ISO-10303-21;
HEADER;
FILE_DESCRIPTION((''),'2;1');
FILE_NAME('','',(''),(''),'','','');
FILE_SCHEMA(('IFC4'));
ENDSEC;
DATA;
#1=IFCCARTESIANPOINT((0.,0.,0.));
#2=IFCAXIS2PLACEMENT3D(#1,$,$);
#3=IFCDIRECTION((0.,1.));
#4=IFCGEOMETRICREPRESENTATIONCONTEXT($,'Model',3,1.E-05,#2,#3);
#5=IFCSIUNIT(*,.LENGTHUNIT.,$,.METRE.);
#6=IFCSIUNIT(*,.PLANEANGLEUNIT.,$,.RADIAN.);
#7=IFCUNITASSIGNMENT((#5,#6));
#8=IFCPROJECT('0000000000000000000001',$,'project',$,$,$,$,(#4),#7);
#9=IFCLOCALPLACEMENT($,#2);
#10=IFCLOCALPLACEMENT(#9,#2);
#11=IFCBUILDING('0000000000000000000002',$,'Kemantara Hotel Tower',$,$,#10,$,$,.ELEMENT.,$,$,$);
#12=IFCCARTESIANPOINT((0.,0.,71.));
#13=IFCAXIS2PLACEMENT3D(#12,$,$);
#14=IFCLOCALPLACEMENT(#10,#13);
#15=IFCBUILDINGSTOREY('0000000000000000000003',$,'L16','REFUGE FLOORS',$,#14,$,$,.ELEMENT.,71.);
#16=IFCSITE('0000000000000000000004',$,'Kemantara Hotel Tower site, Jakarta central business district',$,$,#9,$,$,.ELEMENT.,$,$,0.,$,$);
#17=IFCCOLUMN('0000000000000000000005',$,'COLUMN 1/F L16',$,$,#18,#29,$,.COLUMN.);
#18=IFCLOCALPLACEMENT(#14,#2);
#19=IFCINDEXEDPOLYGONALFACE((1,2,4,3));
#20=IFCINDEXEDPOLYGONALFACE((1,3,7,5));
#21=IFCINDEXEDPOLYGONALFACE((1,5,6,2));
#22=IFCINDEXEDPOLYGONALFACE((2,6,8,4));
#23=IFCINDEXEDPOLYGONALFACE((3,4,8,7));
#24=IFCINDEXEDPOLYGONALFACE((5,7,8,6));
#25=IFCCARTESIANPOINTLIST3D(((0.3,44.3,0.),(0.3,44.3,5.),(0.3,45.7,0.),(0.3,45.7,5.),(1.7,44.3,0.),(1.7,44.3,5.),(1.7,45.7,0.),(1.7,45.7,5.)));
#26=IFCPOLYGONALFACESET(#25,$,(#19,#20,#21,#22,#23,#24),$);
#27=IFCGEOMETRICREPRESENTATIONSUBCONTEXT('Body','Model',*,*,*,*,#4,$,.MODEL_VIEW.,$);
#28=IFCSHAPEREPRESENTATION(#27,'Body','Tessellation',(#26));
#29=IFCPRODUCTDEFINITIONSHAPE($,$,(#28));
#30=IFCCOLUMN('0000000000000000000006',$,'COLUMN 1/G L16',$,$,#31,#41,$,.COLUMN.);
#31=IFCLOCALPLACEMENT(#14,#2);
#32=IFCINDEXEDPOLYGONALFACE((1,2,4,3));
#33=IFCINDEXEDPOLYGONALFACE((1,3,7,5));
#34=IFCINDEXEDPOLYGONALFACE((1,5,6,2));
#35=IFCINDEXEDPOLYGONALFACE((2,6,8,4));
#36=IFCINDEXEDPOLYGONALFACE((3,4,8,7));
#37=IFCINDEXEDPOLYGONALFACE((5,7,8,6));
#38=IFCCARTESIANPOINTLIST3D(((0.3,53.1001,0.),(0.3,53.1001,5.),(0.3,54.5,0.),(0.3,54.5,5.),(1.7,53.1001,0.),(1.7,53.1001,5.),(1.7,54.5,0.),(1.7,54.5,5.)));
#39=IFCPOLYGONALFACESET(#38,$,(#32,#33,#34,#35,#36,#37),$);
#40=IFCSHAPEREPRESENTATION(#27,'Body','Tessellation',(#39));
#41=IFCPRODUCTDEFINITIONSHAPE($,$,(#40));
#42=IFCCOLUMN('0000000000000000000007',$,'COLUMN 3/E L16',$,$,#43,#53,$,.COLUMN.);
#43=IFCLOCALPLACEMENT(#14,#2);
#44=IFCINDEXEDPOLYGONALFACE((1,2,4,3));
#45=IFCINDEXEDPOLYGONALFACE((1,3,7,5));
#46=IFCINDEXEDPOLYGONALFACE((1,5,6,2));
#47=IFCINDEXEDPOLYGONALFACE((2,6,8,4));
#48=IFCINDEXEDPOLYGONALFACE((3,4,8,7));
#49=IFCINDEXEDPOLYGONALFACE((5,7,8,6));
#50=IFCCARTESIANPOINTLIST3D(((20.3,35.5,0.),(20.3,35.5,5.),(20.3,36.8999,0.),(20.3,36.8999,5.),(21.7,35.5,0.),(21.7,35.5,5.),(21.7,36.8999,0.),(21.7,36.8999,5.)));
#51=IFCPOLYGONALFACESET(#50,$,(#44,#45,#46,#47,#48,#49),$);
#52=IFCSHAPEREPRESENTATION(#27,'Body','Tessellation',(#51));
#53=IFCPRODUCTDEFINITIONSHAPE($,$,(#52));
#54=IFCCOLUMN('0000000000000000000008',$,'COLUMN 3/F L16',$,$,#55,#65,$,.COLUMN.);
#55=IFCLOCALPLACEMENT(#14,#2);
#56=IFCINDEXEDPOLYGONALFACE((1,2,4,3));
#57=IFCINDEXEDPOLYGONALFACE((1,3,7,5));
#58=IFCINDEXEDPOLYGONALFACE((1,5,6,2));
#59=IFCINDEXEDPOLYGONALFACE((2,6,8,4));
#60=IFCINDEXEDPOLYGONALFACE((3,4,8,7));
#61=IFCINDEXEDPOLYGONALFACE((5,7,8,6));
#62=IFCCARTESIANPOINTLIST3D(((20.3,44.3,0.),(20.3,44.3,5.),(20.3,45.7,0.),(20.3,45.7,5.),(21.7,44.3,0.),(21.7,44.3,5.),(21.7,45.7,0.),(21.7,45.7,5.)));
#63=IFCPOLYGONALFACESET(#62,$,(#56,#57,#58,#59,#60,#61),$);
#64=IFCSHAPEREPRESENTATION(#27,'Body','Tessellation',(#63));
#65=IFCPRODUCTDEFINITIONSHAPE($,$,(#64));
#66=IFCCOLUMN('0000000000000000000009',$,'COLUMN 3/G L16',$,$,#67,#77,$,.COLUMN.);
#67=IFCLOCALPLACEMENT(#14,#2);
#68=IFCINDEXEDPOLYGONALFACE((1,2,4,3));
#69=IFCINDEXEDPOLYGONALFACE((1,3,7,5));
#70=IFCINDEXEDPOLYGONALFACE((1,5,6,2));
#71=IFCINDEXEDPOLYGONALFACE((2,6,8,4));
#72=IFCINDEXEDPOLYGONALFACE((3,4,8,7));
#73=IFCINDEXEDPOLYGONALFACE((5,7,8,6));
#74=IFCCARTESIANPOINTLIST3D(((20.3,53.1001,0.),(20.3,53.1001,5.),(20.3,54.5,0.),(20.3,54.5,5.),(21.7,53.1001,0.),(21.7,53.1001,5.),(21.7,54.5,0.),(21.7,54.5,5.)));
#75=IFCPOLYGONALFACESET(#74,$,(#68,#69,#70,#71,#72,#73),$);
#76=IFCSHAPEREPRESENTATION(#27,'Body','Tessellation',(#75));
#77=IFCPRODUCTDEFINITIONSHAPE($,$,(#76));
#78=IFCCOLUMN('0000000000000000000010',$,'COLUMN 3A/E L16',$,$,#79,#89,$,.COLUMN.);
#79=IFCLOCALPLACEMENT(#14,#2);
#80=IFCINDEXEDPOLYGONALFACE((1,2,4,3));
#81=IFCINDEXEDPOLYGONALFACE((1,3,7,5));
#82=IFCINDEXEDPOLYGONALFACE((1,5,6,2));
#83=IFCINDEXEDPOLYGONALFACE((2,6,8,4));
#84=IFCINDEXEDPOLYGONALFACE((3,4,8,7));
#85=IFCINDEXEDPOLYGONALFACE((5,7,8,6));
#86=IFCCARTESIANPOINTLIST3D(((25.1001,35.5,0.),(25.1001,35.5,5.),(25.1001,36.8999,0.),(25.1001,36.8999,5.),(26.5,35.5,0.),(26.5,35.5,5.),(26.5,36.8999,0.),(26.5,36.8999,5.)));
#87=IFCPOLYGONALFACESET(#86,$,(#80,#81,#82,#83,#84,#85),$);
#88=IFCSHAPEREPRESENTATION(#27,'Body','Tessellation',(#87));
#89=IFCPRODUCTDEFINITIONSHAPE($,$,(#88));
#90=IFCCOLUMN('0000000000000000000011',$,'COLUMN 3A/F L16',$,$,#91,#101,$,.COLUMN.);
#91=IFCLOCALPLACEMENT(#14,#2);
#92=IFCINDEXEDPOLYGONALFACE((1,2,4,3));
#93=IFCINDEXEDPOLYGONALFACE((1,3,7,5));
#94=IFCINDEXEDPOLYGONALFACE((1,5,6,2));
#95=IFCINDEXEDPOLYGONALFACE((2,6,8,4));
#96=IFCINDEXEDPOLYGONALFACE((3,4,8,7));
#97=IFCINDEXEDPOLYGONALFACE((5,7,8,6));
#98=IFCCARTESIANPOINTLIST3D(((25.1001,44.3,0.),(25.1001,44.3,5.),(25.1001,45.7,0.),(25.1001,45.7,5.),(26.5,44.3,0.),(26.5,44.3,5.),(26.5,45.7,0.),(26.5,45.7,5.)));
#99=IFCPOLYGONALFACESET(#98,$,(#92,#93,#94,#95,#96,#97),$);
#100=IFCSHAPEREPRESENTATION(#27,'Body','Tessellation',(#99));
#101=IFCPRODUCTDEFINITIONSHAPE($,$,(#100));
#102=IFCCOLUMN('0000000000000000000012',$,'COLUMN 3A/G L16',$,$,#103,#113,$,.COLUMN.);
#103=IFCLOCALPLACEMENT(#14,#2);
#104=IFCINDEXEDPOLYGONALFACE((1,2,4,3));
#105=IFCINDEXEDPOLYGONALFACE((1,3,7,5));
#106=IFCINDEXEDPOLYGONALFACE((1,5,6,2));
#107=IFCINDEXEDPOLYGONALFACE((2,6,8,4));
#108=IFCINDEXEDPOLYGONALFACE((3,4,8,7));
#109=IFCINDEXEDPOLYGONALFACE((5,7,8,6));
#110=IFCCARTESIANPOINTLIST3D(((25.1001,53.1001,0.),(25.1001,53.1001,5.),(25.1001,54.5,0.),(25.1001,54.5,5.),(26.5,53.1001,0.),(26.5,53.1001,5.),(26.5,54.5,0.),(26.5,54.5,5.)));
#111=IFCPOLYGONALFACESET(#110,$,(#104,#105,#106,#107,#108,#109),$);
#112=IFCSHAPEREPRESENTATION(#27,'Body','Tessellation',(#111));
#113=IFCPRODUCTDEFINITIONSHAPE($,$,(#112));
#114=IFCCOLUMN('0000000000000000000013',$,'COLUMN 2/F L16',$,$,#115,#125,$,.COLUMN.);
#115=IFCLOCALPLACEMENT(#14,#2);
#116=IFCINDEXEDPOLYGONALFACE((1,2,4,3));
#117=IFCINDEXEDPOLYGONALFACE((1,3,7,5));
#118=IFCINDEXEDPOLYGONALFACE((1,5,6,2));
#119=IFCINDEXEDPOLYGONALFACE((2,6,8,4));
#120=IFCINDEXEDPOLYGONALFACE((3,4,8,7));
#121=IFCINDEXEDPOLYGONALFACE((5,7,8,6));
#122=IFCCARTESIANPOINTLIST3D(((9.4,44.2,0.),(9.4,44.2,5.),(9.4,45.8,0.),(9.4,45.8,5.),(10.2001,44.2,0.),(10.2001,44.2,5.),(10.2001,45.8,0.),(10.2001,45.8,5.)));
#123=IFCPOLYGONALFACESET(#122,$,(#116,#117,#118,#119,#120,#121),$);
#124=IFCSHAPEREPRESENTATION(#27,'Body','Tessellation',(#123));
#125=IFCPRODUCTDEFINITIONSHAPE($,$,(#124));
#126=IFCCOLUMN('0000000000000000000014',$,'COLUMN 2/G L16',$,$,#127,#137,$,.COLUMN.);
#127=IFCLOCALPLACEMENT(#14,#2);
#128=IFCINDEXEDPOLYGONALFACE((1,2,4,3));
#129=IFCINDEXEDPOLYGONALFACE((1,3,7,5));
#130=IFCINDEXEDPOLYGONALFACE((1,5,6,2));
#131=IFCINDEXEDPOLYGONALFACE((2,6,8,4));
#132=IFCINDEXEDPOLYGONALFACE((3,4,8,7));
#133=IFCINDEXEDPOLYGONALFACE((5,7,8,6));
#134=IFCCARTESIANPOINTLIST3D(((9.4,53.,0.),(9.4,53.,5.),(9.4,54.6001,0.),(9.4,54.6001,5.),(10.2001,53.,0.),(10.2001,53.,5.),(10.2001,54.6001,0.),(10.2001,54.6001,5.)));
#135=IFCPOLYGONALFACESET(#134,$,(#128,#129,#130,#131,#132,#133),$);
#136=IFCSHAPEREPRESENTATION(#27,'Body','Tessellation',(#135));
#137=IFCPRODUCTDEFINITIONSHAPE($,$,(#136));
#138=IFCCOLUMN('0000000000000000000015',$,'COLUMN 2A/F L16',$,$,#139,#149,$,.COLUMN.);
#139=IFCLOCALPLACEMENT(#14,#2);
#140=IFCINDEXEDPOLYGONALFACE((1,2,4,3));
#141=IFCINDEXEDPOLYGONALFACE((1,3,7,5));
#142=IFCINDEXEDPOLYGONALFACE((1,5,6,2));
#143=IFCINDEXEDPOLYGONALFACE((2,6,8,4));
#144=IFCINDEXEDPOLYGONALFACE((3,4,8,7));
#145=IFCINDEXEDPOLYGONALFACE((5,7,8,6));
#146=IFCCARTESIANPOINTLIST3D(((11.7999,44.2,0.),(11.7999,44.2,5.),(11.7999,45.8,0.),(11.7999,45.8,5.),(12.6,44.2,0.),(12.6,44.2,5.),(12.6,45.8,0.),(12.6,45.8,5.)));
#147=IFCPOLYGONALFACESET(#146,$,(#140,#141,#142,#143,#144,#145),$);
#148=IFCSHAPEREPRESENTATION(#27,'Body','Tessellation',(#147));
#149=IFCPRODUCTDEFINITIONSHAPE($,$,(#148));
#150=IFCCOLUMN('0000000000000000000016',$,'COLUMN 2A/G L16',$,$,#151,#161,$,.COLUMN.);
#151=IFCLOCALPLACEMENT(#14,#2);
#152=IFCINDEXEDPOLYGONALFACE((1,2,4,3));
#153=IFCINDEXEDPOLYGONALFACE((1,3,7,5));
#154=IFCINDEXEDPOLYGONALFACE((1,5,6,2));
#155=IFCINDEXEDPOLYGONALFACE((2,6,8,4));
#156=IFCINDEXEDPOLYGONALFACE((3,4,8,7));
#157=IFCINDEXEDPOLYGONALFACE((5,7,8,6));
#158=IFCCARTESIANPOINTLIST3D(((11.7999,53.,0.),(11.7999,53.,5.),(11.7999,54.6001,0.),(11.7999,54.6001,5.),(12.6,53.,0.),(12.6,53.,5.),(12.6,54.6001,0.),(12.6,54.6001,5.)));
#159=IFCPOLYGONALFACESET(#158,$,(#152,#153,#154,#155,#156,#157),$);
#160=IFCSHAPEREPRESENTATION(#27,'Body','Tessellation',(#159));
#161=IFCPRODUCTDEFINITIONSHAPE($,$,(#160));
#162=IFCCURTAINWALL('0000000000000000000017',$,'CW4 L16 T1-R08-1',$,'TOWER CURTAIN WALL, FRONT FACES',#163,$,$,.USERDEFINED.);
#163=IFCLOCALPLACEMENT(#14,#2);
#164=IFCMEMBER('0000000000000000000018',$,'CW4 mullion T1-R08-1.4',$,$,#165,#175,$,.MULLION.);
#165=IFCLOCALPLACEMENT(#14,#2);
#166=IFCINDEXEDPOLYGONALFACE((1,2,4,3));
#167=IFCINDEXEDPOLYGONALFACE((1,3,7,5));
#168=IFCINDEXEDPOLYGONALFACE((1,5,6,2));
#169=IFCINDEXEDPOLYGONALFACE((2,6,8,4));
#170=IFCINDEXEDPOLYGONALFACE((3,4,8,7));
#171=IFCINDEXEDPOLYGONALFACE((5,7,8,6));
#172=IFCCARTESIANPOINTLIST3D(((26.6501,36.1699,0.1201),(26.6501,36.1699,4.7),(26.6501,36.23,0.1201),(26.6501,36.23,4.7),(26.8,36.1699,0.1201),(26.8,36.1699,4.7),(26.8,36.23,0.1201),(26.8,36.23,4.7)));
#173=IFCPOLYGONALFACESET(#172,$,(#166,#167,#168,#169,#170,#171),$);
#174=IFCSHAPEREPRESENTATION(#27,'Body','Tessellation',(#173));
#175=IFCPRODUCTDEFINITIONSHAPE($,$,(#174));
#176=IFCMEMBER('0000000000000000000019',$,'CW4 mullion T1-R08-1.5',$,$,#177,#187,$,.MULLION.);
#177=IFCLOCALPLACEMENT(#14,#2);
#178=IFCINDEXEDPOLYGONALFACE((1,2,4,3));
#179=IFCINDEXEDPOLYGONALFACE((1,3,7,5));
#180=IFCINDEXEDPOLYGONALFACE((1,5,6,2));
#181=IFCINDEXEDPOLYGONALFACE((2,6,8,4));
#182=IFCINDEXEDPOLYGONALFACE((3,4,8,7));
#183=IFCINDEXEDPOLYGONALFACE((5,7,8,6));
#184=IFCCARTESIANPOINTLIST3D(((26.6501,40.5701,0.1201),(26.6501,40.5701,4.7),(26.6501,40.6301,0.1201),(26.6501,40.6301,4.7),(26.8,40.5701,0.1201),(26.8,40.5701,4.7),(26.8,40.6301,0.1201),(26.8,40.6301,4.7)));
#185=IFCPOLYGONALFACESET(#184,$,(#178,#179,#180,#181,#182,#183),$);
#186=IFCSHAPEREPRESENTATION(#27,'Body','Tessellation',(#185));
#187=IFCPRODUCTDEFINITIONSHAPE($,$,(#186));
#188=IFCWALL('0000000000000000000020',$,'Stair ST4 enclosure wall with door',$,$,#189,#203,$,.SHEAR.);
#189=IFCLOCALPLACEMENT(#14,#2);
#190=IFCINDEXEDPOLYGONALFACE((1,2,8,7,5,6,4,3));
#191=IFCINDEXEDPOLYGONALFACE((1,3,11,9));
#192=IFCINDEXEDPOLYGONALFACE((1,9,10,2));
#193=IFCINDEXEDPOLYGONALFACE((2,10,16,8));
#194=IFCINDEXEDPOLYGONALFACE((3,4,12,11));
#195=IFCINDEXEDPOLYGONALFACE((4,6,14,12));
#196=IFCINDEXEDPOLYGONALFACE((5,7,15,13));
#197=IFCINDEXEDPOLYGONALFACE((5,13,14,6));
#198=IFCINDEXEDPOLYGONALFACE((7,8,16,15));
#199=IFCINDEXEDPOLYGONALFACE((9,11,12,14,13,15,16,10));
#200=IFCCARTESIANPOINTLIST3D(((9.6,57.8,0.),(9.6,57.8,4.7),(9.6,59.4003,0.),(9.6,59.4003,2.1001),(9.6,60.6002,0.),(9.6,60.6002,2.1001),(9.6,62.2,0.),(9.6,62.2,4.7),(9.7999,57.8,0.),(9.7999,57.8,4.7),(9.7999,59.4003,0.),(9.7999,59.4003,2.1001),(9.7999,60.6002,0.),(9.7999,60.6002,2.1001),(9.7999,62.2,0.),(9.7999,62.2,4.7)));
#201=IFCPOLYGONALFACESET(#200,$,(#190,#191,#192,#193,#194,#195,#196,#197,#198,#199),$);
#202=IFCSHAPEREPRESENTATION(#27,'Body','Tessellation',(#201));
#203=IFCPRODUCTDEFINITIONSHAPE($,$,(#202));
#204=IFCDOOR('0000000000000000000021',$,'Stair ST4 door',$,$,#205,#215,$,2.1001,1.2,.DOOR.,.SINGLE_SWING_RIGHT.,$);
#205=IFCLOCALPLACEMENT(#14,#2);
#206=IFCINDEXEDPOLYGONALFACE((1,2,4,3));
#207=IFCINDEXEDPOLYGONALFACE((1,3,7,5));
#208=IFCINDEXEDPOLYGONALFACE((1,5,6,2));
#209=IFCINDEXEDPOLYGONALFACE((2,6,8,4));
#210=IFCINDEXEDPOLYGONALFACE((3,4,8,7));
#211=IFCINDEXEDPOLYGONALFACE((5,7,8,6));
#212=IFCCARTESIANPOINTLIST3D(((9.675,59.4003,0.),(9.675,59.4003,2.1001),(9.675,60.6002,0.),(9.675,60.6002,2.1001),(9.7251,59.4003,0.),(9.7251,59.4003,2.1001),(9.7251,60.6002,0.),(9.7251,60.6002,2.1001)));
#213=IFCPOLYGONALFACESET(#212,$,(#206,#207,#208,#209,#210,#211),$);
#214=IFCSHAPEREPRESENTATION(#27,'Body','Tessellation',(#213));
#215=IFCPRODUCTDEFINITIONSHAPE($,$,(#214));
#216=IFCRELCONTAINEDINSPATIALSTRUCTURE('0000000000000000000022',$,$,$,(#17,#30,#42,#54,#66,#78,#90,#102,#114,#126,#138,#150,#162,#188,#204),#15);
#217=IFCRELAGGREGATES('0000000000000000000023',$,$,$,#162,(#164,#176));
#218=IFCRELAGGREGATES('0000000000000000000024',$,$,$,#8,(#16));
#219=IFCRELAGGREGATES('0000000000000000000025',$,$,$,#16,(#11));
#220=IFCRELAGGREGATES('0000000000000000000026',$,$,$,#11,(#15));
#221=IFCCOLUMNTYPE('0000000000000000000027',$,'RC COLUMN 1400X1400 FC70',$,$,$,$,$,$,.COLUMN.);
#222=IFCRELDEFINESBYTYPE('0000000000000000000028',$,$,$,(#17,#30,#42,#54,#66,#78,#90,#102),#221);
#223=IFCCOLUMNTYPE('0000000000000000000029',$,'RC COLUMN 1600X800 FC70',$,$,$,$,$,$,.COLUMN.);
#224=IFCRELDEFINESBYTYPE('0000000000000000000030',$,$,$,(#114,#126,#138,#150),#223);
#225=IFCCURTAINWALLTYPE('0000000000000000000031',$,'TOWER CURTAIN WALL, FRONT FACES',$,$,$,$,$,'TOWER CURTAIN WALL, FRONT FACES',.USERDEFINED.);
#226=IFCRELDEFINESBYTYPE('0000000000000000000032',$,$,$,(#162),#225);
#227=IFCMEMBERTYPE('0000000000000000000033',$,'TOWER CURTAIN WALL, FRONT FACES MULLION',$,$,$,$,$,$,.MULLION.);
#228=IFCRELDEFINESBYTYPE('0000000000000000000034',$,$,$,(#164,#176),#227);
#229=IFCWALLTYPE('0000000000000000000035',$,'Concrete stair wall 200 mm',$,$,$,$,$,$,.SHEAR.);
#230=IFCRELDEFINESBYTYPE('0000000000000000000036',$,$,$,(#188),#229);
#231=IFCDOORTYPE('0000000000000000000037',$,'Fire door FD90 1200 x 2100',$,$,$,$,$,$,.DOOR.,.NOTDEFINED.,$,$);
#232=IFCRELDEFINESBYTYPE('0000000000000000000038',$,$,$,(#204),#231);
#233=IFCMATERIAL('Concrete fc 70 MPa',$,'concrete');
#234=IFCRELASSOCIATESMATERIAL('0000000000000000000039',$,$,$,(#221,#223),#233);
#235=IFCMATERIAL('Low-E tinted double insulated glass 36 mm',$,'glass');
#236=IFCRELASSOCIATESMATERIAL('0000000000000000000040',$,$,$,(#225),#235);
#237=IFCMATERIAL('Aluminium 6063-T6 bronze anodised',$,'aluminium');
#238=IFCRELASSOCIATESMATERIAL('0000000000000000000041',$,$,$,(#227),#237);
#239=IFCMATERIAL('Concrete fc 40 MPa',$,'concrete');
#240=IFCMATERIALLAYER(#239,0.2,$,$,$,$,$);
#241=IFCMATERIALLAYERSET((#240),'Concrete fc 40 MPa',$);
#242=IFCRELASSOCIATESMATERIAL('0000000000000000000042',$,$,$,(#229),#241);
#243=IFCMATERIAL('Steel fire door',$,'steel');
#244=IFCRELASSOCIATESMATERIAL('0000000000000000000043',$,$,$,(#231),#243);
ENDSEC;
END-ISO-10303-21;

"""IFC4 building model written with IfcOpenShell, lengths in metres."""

from ifc_helpers import new_model, si_unit, direction, frame, frame_2d, origin, origin_2d, place, context, subcontext, project, spatial, rectangle, extrude, source, transform, mapped, material, layer, layer_set, material_profile, profile_set, type_object, element, fill, aggregate, save


model = new_model("IFC4")

# Units and contexts
model_context = context("Model", 3, precision=1e-05, world=origin(), true_north=direction((0.0, 1.0)))
body_context = subcontext(model_context, "Body", "Model", "MODEL_VIEW")
ifc_project = project(units=[si_unit("LENGTHUNIT", "METRE"), si_unit("PLANEANGLEUNIT", "RADIAN")], contexts=[model_context])

# Site, building, storey
site_placement = place(None, origin())
site = spatial("IfcSite", under=ifc_project, at=site_placement, Name="Kemantara Hotel Tower site, Jakarta central business district", CompositionType="ELEMENT", RefElevation=0.0)
building_placement = place(site_placement, origin())
building = spatial("IfcBuilding", under=site, at=building_placement, Name="Kemantara Hotel Tower", CompositionType="ELEMENT")
storey_placement = place(building_placement, frame((0.0, 0.0, 71.0)))
storey = spatial("IfcBuildingStorey", under=building, at=storey_placement, Name="L16", Description="REFUGE FLOORS", CompositionType="ELEMENT", Elevation=71.0)

# Columns
ifc_material_1 = material(Name="Concrete fc 70 MPa", Category="concrete")
ifc_material_profile_1 = material_profile(ifc_material_1, rectangle(XDim=1.3999, YDim=1.3999, at=origin_2d()), Name="RC 1400X1400")
ifc_profile_set_1 = profile_set([ifc_material_profile_1], Name="Concrete fc 70 MPa")
column_type_1 = type_object("IfcColumnType", Name="RC COLUMN 1400X1400 FC70", PredefinedType="COLUMN", material=ifc_profile_set_1)
for number, where, z_axis, x_axis, name in (
    (1, (1.0, 45.0, 0.0), (0.0, 0.0, 1.0), (1.0, 0.0, 0.0), "COLUMN 1/F L16"),
    (2, (1.0, 53.8, 0.0), (0.0, 0.0, 1.0), (1.0, 0.0, 0.0), "COLUMN 1/G L16"),
    (3, (21.0, 36.2, 0.0), (0.0, 0.0, 1.0), (1.0, 0.0, 0.0), "COLUMN 3/E L16"),
    (4, (21.0, 45.0, 0.0), (0.0, 0.0, 1.0), (1.0, 0.0, 0.0), "COLUMN 3/F L16"),
    (5, (21.0, 53.8, 0.0), (0.0, 0.0, 1.0), (1.0, 0.0, 0.0), "COLUMN 3/G L16"),
    (6, (25.8, 36.2, 0.0), (0.0, 0.0, 1.0), (1.0, 0.0, 0.0), "COLUMN 3A/E L16"),
    (7, (25.8, 45.0, 0.0), (0.0, 0.0, 1.0), (1.0, 0.0, 0.0), "COLUMN 3A/F L16"),
    (8, (25.8, 53.8, 0.0), (0.0, 0.0, 1.0), (1.0, 0.0, 0.0), "COLUMN 3A/G L16"),
):
    element("IfcColumn", number, at=place(storey_placement, frame(where, z_axis=z_axis, x_axis=x_axis)), inside=storey, type_object=column_type_1, Name=name, PredefinedType="COLUMN", context=body_context, shape_type="SweptSolid", body=[
        extrude(rectangle(XDim=1.3999, YDim=1.3999, at=origin_2d()), origin(), (0.0, 0.0, 1.0), 5.0),
    ])
ifc_material_profile_2 = material_profile(ifc_material_1, rectangle(XDim=1.6001, YDim=0.8, at=origin_2d()), Name="RC 1600X800")
ifc_profile_set_2 = profile_set([ifc_material_profile_2], Name="Concrete fc 70 MPa")
column_type_2 = type_object("IfcColumnType", Name="RC COLUMN 1600X800 FC70", PredefinedType="COLUMN", material=ifc_profile_set_2)
for number, where, z_axis, x_axis, name in (
    (9, (9.8, 45.0, 0.0), (0.0, 0.0, 1.0), (0.0, 1.0, 0.0), "COLUMN 2/F L16"),
    (10, (9.8, 53.8, 0.0), (0.0, 0.0, 1.0), (0.0, 1.0, 0.0), "COLUMN 2/G L16"),
    (11, (12.2, 45.0, 0.0), (0.0, 0.0, 1.0), (0.0, 1.0, 0.0), "COLUMN 2A/F L16"),
    (12, (12.2, 53.8, 0.0), (0.0, 0.0, 1.0), (0.0, 1.0, 0.0), "COLUMN 2A/G L16"),
):
    element("IfcColumn", number, at=place(storey_placement, frame(where, z_axis=z_axis, x_axis=x_axis)), inside=storey, type_object=column_type_2, Name=name, PredefinedType="COLUMN", context=body_context, shape_type="SweptSolid", body=[
        extrude(rectangle(XDim=1.6001, YDim=0.8, at=origin_2d()), origin(), (0.0, 0.0, 1.0), 5.0),
    ])

# Curtain wall, members
ifc_material_2 = material(Name="Low-E tinted double insulated glass 36 mm", Category="glass")
curtain_wall_type = type_object("IfcCurtainWallType", Name="TOWER CURTAIN WALL, FRONT FACES", ElementType="TOWER CURTAIN WALL, FRONT FACES", PredefinedType="USERDEFINED", material=ifc_material_2)
curtain_wall_placement = place(storey_placement, origin())
curtain_wall = element("IfcCurtainWall", 13, at=curtain_wall_placement, inside=storey, type_object=curtain_wall_type, Name="CW4 L16 T1-R08-1", ObjectType="TOWER CURTAIN WALL, FRONT FACES", PredefinedType="USERDEFINED")
ifc_material_3 = material(Name="Aluminium 6063-T6 bronze anodised", Category="aluminium")
ifc_material_profile_3 = material_profile(ifc_material_3, rectangle(XDim=0.1499, YDim=0.0601, at=origin_2d()), Name="TOWER CURTAIN WALL, FRONT FACES MULLION")
ifc_profile_set_3 = profile_set([ifc_material_profile_3], Name="Aluminium 6063-T6 bronze anodised")
member_type = type_object("IfcMemberType", Name="TOWER CURTAIN WALL, FRONT FACES MULLION", PredefinedType="MULLION", material=ifc_profile_set_3)
shared_shape_1 = source(origin(), body_context, "Body", "SweptSolid", [
    extrude(rectangle(XDim=0.1499, YDim=0.0601, at=origin_2d()), origin(), (0.0, 0.0, 1.0), 4.5798),
])
member_1_placement = place(storey_placement, frame((26.7251, 36.2, 0.1201), z_axis=(0.0, 0.0, 1.0), x_axis=(-1.0, 0.0, 0.0)))
member_1 = element("IfcMember", 14, at=member_1_placement, type_object=member_type, Name="CW4 mullion T1-R08-1.4", PredefinedType="MULLION", context=body_context, shape_type="MappedRepresentation", body=[
    mapped(shared_shape_1, transform((0.0, 0.0, 0.0))),
])
member_2_placement = place(storey_placement, frame((26.7251, 40.6001, 0.1201), z_axis=(0.0, 0.0, 1.0), x_axis=(-1.0, 0.0, 0.0)))
member_2 = element("IfcMember", 15, at=member_2_placement, type_object=member_type, Name="CW4 mullion T1-R08-1.5", PredefinedType="MULLION", context=body_context, shape_type="MappedRepresentation", body=[
    mapped(shared_shape_1, transform((0.0, 0.0, 0.0))),
])
aggregate(curtain_wall, [member_1, member_2])

# Wall, opening, door
ifc_material_4 = material(Name="Concrete fc 40 MPa", Category="concrete")
ifc_layer_1 = layer(ifc_material_4, 0.2)
ifc_layer_set_1 = layer_set([ifc_layer_1], Name="Concrete fc 40 MPa")
wall_type_1 = type_object("IfcWallType", Name="Concrete stair wall 200 mm", PredefinedType="SHEAR", material=ifc_layer_set_1)
wall_1_placement = place(storey_placement, frame((9.7, 57.8, 0.0), z_axis=(0.0, 0.0, 1.0), x_axis=(0.0, 1.0, 0.0)))
wall_1 = element("IfcWall", 16, at=wall_1_placement, inside=storey, type_object=wall_type_1, Name="Stair ST4 enclosure wall with door", PredefinedType="SHEAR", context=body_context, shape_type="SweptSolid", body=[
    extrude(rectangle(XDim=4.3999, YDim=0.2, at=frame_2d((2.2, 0.0))), origin(), (0.0, 0.0, 1.0), 4.7),
])
opening_placement = place(wall_1_placement, frame((1.6001, 0.0, 0.0)))
opening = element("IfcOpeningElement", 17, at=opening_placement, cuts=wall_1, PredefinedType="OPENING", context=body_context, shape_type="SweptSolid", body=[
    extrude(rectangle(XDim=1.2, YDim=2.1001, at=frame_2d((0.6001, 1.05))), frame((0.0, 0.1099, 0.0), z_axis=(0.0, -1.0, 0.0), x_axis=(1.0, 0.0, 0.0)), (0.0, 0.0, 1.0), 0.22),
])
ifc_material_5 = material(Name="Steel fire door", Category="steel")
door_type = type_object("IfcDoorType", Name="Fire door FD90 1200 x 2100", OperationType="NOTDEFINED", PredefinedType="DOOR", material=ifc_material_5)
door_placement = place(opening_placement, origin())
door = element("IfcDoor", 18, at=door_placement, inside=storey, type_object=door_type, Name="Stair ST4 door", OperationType="SINGLE_SWING_RIGHT", OverallHeight=2.1001, OverallWidth=1.2, PredefinedType="DOOR", context=body_context, shape_type="SweptSolid", body=[
    extrude(rectangle(XDim=1.2, YDim=2.1001, at=frame_2d((0.6001, 1.05))), frame((0.0, 0.0249, 0.0), z_axis=(0.0, -1.0, 0.0), x_axis=(1.0, 0.0, 0.0)), (0.0, 0.0, 1.0), 0.05),
])
fill(opening, door)

save(model, "model.ifc")
